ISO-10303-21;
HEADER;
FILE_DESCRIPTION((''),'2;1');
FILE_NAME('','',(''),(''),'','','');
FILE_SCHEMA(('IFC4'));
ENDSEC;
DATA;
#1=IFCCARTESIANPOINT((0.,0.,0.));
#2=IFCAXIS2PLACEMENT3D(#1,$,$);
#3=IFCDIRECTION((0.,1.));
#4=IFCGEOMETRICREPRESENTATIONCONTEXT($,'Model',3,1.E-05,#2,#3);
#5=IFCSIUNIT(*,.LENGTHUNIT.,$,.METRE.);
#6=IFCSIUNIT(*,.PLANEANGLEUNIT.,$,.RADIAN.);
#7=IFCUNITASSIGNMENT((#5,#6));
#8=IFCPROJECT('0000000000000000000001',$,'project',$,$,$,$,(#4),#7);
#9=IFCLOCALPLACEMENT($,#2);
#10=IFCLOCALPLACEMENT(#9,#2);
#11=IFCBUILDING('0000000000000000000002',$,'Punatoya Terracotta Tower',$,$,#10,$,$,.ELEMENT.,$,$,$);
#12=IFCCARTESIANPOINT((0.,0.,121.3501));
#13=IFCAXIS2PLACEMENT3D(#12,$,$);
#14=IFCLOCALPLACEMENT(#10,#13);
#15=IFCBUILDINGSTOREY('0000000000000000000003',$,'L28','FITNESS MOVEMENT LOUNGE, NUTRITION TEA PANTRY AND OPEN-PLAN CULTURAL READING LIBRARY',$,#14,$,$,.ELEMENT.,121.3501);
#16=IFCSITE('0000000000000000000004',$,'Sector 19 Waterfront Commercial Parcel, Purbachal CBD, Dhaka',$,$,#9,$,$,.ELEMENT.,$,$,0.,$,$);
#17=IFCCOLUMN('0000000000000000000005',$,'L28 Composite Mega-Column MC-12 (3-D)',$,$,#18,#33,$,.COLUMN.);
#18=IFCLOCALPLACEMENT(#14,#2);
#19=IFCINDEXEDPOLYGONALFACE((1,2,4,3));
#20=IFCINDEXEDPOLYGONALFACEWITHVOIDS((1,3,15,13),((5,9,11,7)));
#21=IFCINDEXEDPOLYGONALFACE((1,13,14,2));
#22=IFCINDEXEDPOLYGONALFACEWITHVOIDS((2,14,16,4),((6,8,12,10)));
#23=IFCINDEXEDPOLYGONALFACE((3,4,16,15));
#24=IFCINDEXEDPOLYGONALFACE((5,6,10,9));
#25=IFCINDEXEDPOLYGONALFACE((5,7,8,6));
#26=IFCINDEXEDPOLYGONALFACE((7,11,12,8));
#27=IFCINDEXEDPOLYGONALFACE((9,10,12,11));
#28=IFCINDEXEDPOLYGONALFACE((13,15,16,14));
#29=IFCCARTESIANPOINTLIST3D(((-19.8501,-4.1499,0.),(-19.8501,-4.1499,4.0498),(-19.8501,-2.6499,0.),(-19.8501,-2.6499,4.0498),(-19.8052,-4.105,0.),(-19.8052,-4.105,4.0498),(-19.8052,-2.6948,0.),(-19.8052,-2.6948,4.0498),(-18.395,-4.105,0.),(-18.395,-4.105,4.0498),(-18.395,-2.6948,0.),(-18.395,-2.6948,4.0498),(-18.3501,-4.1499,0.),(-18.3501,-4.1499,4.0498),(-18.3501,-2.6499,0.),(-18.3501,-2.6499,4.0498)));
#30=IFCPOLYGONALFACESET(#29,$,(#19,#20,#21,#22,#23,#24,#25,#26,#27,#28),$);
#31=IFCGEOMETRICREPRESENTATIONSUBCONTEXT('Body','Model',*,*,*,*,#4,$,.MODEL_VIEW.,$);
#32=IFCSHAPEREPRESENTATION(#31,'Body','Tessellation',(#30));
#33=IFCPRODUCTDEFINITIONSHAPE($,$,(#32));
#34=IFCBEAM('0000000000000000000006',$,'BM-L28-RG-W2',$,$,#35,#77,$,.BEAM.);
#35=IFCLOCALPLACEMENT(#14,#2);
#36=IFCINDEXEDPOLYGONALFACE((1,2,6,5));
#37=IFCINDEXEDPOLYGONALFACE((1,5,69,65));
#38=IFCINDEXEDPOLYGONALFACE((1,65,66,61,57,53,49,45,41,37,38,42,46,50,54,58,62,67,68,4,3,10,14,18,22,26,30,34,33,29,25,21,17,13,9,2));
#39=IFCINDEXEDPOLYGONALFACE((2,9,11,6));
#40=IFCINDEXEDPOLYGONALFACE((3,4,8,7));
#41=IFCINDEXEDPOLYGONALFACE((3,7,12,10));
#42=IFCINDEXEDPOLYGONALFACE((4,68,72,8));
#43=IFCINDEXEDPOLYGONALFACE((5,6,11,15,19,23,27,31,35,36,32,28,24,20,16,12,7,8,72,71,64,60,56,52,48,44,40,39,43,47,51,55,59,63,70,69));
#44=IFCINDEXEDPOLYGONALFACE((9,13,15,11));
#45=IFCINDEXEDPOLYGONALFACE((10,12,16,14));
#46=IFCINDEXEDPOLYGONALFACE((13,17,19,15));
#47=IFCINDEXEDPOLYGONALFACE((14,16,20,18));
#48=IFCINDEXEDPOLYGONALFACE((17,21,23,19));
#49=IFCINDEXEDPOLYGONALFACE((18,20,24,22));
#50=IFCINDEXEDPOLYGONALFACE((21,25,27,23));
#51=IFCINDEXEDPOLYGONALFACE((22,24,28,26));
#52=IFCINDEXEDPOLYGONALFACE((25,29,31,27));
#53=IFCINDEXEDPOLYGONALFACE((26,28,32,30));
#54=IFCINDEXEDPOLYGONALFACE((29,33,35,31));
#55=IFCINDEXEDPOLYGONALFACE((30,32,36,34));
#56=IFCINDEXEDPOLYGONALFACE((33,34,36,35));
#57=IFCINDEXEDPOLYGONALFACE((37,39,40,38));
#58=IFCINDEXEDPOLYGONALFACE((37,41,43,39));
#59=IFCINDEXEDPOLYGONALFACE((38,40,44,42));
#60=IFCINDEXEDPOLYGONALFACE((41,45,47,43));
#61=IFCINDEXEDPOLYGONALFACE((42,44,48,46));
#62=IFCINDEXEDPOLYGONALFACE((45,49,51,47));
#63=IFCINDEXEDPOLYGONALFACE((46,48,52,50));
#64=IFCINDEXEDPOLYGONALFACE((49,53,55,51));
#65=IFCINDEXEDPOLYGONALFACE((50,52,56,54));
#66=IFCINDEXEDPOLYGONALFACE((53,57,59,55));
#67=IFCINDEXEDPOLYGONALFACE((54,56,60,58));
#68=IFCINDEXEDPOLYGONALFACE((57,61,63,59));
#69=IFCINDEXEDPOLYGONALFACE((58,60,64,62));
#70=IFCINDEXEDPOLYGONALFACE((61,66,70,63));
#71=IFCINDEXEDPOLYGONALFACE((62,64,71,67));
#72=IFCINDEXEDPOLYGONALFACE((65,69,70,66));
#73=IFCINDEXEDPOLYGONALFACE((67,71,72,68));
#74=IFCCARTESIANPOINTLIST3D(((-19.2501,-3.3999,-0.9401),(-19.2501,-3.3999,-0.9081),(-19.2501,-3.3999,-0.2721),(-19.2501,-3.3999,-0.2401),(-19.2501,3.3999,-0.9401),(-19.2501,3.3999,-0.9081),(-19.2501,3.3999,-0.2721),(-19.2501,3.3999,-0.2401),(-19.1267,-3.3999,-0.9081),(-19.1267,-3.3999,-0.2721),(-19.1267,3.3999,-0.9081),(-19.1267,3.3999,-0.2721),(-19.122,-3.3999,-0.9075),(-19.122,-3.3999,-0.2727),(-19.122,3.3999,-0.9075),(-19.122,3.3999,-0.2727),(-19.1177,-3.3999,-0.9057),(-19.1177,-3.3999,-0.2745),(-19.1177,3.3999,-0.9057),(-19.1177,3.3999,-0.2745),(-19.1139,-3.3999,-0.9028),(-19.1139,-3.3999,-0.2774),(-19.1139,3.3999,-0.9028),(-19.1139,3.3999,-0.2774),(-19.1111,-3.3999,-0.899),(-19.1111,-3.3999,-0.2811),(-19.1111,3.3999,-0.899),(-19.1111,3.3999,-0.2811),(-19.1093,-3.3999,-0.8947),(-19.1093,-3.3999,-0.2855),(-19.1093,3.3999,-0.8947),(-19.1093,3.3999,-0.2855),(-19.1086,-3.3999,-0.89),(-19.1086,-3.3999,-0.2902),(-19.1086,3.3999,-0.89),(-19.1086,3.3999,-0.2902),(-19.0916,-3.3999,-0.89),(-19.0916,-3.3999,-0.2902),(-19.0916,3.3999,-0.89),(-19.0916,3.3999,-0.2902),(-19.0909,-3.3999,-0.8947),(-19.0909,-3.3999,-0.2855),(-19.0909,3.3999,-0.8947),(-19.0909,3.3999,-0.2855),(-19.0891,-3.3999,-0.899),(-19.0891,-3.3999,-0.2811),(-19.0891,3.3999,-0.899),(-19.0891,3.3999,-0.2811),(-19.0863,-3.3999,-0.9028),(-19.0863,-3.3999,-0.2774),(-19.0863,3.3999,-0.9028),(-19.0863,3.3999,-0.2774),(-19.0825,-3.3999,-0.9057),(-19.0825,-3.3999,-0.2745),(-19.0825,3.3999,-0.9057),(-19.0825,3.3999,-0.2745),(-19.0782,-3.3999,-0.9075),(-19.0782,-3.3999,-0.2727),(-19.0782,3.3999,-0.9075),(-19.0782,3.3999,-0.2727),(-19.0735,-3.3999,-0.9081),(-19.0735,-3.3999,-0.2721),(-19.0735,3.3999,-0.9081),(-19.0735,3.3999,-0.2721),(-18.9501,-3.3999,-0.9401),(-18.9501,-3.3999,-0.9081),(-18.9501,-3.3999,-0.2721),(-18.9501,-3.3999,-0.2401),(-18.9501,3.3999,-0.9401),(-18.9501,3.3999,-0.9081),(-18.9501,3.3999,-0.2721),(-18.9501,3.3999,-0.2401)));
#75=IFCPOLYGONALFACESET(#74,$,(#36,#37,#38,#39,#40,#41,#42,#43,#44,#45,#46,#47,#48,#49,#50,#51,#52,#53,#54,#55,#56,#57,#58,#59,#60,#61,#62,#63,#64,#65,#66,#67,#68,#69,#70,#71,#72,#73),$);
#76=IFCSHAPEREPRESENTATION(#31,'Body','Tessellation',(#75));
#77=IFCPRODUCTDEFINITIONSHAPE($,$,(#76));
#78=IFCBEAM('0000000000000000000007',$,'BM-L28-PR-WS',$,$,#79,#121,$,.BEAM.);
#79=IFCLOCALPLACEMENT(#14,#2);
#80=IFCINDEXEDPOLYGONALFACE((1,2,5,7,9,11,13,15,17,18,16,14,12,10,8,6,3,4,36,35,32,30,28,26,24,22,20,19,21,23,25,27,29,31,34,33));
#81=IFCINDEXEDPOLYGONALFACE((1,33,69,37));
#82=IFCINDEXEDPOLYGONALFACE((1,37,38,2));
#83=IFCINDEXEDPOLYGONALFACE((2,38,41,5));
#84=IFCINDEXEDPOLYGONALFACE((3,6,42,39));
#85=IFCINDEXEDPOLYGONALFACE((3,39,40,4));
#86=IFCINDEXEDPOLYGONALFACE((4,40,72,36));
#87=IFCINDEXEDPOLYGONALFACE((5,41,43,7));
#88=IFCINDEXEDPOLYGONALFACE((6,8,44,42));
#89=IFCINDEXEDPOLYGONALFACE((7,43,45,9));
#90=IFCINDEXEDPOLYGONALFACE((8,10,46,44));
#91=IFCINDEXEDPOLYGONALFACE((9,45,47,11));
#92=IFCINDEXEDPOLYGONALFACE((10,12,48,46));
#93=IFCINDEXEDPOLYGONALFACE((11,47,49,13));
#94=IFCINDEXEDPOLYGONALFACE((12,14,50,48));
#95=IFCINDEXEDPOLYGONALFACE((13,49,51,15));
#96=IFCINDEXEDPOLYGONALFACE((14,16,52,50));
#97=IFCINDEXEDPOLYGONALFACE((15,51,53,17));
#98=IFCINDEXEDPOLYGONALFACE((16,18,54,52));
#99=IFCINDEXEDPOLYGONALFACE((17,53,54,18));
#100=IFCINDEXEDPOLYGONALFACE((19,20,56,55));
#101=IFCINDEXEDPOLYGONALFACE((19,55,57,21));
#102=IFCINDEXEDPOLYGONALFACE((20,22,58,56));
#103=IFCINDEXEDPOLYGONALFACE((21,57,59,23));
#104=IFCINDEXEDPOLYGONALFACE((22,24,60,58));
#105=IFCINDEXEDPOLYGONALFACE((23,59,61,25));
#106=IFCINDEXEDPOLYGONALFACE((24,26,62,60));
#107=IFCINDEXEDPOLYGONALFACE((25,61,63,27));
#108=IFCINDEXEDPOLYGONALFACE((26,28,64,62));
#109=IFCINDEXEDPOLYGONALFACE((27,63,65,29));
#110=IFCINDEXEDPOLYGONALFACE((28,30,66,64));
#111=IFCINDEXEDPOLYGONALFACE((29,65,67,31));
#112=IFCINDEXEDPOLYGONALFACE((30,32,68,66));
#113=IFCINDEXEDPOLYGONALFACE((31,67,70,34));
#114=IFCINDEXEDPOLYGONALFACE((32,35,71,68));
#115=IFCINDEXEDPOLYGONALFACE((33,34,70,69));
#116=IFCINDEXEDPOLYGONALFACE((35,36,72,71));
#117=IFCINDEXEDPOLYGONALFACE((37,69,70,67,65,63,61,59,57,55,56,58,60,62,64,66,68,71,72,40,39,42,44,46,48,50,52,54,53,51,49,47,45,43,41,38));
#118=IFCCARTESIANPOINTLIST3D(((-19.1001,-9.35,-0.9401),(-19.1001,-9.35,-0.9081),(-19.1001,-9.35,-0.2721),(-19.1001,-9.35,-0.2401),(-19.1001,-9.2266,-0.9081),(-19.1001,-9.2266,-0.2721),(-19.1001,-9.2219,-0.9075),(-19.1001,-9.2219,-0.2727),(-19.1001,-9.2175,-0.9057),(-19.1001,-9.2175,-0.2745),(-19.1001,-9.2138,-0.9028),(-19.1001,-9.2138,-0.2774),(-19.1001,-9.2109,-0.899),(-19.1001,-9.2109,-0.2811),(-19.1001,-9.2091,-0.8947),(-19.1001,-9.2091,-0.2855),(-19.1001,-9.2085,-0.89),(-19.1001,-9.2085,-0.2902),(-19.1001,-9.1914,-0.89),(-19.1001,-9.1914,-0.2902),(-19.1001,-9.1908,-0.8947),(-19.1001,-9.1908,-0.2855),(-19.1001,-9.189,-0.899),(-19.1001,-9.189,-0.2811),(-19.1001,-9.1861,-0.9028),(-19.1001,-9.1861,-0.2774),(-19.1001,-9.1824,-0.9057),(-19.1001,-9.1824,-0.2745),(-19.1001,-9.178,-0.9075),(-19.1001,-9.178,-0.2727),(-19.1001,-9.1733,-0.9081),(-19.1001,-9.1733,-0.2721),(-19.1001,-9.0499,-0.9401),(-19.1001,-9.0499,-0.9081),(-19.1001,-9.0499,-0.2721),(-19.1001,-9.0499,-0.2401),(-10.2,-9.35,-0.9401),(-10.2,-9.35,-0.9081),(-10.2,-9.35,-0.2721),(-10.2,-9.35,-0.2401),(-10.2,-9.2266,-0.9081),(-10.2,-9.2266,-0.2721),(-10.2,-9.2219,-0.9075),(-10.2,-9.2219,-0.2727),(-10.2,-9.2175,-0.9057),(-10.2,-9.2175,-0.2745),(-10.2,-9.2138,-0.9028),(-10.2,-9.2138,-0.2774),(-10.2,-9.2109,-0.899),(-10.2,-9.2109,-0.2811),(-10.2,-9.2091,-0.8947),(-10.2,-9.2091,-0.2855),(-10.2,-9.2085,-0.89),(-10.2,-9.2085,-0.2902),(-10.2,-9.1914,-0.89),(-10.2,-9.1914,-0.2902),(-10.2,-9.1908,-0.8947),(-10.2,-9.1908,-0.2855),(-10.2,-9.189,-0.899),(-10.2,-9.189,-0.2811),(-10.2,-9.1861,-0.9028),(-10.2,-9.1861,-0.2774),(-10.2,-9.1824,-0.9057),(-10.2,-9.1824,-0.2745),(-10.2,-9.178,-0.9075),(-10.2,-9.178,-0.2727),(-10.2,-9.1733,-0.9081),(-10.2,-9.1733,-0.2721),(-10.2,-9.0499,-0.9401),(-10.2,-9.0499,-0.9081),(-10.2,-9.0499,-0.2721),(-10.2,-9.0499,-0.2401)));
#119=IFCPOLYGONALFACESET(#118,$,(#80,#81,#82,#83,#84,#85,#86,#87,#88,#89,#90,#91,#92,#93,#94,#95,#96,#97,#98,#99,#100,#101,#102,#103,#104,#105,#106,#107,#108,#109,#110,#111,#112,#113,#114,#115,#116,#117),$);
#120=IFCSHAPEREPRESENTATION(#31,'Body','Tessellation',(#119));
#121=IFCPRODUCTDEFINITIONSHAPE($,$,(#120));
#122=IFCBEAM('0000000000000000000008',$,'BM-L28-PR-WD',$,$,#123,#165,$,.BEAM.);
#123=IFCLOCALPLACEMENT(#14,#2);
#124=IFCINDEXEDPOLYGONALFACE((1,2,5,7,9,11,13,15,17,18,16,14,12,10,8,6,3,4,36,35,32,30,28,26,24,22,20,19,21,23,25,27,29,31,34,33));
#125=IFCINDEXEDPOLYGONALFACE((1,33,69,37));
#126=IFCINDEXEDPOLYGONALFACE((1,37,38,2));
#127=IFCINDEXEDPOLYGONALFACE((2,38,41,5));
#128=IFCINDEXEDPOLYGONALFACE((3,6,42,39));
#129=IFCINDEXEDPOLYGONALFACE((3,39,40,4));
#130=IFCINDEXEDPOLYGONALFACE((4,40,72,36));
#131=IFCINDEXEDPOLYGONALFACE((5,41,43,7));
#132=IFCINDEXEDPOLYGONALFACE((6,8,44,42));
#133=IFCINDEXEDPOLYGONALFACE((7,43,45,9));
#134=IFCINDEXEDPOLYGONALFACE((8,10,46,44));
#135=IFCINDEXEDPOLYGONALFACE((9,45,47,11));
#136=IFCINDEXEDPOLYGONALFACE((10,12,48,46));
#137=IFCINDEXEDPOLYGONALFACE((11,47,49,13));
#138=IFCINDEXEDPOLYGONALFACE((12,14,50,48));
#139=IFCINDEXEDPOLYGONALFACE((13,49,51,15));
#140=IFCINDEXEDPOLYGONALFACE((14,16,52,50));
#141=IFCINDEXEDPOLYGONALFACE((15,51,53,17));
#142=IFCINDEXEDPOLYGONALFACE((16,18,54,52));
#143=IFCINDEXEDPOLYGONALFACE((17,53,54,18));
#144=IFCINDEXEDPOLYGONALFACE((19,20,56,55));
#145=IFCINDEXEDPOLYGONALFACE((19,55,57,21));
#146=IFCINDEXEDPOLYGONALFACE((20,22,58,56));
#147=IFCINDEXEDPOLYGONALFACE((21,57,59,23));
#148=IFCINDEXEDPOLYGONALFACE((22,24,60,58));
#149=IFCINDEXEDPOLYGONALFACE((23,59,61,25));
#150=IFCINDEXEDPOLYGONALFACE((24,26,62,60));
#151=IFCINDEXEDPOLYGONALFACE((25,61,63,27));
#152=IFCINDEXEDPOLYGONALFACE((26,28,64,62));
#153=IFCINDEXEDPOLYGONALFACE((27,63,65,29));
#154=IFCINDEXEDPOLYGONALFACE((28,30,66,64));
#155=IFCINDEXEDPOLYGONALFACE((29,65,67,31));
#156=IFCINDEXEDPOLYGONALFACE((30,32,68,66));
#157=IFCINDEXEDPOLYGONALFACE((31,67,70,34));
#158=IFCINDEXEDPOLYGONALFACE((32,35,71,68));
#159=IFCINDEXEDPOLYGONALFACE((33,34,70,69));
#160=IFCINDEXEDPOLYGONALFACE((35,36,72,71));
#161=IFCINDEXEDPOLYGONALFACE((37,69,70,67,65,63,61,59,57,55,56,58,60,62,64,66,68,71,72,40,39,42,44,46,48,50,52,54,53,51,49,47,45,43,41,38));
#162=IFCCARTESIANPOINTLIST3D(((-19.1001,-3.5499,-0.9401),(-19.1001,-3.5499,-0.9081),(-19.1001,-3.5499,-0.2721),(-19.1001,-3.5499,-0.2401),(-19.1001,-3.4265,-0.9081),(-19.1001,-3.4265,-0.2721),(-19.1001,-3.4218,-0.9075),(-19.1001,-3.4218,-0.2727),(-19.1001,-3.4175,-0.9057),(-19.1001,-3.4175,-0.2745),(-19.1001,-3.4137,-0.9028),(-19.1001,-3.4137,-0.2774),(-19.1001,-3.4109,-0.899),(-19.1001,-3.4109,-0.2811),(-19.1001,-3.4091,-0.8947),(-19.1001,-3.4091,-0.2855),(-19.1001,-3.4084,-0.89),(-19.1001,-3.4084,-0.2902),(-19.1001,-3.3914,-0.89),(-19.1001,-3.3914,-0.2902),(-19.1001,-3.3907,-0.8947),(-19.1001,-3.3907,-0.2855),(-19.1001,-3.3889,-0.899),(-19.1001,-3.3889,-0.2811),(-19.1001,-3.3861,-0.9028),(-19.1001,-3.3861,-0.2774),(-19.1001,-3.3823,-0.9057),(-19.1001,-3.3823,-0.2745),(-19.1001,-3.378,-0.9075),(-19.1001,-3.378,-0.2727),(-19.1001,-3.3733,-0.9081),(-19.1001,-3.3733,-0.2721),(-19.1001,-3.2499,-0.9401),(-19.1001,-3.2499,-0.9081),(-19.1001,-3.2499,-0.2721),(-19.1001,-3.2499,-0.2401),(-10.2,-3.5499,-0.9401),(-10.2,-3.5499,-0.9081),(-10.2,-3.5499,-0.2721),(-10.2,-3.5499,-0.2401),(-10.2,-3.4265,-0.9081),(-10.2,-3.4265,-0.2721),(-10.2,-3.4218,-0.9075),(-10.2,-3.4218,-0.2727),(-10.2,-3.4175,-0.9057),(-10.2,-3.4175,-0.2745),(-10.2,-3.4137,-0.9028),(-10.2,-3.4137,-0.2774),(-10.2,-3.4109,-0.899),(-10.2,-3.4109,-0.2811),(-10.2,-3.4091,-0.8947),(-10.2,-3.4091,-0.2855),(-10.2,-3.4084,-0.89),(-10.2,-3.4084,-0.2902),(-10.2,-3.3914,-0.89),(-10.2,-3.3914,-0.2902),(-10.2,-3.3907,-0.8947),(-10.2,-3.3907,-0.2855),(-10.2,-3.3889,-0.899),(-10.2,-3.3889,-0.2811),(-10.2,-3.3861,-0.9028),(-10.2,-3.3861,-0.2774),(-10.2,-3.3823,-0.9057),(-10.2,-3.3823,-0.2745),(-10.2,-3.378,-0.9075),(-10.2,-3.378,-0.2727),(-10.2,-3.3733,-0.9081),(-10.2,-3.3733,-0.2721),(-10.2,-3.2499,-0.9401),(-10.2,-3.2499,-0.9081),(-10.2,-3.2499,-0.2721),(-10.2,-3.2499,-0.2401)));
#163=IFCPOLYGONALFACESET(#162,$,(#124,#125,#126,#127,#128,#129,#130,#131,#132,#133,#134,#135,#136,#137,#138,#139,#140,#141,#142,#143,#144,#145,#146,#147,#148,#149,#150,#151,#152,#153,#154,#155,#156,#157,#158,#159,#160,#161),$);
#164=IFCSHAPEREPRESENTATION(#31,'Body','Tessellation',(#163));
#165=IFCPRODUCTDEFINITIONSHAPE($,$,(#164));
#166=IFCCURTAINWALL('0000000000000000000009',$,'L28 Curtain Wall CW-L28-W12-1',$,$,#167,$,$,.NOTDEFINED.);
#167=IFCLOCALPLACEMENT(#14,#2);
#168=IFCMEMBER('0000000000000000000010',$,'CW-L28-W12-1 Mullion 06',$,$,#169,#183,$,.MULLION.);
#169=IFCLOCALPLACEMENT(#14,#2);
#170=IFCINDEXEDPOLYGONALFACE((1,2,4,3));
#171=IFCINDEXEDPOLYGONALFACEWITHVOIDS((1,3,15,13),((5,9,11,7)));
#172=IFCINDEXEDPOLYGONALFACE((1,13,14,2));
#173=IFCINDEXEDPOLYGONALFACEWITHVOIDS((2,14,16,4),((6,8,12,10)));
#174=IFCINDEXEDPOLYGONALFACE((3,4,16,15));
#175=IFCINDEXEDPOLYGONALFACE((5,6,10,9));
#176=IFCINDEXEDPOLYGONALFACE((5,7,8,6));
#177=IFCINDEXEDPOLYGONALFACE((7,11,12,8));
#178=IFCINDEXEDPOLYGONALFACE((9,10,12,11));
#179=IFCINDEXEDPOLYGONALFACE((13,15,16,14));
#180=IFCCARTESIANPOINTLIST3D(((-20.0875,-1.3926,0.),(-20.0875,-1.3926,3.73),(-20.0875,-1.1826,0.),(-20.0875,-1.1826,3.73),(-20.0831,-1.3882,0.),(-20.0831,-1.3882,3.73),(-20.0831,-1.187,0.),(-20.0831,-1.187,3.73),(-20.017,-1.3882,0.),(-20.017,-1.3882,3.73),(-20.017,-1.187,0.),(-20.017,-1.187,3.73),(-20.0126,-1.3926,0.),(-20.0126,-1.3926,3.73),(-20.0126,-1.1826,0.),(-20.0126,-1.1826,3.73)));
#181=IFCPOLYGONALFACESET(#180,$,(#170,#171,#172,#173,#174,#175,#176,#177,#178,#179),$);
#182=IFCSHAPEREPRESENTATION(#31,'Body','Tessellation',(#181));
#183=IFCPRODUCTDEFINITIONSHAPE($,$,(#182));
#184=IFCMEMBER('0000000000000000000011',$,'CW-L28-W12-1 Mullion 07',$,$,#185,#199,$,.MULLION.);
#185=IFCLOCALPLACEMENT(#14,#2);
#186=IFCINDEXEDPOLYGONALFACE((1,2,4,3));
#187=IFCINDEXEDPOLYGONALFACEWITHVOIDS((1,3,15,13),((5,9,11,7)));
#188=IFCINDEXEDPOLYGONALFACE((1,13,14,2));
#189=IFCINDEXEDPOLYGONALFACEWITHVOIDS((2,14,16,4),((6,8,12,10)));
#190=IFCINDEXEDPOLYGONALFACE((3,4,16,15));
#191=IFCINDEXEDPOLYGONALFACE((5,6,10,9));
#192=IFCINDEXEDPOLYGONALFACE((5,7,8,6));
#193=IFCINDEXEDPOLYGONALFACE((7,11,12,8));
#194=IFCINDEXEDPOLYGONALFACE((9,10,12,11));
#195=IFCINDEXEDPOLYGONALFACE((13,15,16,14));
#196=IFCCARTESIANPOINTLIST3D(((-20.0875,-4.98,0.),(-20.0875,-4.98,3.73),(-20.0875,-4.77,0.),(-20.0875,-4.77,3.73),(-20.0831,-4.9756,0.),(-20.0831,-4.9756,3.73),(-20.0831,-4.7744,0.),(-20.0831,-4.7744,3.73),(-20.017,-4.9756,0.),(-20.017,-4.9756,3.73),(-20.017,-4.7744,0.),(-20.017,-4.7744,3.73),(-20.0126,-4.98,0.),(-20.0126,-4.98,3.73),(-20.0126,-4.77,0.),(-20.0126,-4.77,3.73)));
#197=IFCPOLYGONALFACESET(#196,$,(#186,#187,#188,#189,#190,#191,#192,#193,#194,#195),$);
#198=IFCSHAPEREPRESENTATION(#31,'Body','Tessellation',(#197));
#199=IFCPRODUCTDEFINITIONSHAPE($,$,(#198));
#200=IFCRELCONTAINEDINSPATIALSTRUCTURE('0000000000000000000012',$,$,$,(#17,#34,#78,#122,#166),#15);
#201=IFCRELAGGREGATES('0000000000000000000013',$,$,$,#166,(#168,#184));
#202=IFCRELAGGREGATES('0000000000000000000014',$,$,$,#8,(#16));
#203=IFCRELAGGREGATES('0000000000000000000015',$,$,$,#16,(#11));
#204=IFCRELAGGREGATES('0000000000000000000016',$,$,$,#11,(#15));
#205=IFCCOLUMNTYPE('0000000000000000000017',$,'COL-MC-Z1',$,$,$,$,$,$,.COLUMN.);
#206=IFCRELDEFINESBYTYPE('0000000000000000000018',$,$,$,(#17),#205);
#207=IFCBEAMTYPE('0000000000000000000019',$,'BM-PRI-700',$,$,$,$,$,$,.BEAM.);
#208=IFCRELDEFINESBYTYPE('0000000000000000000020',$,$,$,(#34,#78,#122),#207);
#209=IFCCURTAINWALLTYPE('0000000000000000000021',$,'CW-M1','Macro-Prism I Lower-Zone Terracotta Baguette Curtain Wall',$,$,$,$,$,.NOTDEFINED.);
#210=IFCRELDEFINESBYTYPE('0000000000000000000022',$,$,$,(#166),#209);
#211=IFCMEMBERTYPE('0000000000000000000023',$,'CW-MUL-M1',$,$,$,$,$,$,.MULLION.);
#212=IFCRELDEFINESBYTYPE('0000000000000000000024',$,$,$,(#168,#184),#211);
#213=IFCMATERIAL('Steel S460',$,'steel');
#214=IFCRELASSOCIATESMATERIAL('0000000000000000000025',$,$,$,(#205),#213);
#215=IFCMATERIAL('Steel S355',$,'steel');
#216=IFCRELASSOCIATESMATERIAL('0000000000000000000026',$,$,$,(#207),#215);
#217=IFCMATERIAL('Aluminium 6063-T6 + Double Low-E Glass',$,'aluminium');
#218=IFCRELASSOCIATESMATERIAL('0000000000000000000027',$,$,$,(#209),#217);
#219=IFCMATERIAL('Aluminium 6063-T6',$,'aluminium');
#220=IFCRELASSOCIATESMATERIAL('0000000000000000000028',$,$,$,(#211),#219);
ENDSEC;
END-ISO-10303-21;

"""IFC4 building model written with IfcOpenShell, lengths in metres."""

from ifc_helpers import new_model, si_unit, direction, frame, origin, origin_2d, place, context, subcontext, project, spatial, hollow_rectangle, i_section, extrude, material, material_profile, profile_set, type_object, element, aggregate, save


model = new_model("IFC4")

# Units and contexts
model_context = context("Model", 3, precision=1e-05, world=origin(), true_north=direction((0.0, 1.0)))
body_context = subcontext(model_context, "Body", "Model", "MODEL_VIEW")
ifc_project = project(units=[si_unit("LENGTHUNIT", "METRE"), si_unit("PLANEANGLEUNIT", "RADIAN")], contexts=[model_context])

# Site, building, storey
site_placement = place(None, origin())
site = spatial("IfcSite", under=ifc_project, at=site_placement, Name="Sector 19 Waterfront Commercial Parcel, Purbachal CBD, Dhaka", CompositionType="ELEMENT", RefElevation=0.0)
building_placement = place(site_placement, origin())
building = spatial("IfcBuilding", under=site, at=building_placement, Name="Punatoya Terracotta Tower", CompositionType="ELEMENT")
storey_placement = place(building_placement, frame((0.0, 0.0, 121.3501)))
storey = spatial("IfcBuildingStorey", under=building, at=storey_placement, Name="L28", Description="FITNESS MOVEMENT LOUNGE, NUTRITION TEA PANTRY AND OPEN-PLAN CULTURAL READING LIBRARY", CompositionType="ELEMENT", Elevation=121.3501)

# Column
ifc_material_1 = material(Name="Steel S460", Category="steel")
ifc_material_profile_1 = material_profile(ifc_material_1, hollow_rectangle(XDim=1.5, YDim=1.5, WallThickness=0.0449, at=origin_2d()))
ifc_profile_set_1 = profile_set([ifc_material_profile_1], Name="Steel S460")
column_type = type_object("IfcColumnType", Name="COL-MC-Z1", PredefinedType="COLUMN", material=ifc_profile_set_1)
column_placement = place(storey_placement, frame((-19.1001, -3.3999, 0.0), z_axis=(0.0, 0.0, 1.0), x_axis=(1.0, 0.0, 0.0)))
element("IfcColumn", 1, at=column_placement, inside=storey, type_object=column_type, Name="L28 Composite Mega-Column MC-12 (3-D)", PredefinedType="COLUMN", context=body_context, shape_type="SweptSolid", body=[
    extrude(hollow_rectangle(XDim=1.5, YDim=1.5, WallThickness=0.0449, at=origin_2d()), origin(), (0.0, 0.0, 1.0), 4.0498),
])

# Beams
ifc_material_2 = material(Name="Steel S355", Category="steel")
ifc_material_profile_2 = material_profile(ifc_material_2, i_section(OverallWidth=0.3, OverallDepth=0.7, WebThickness=0.0171, FlangeThickness=0.032, FilletRadius=0.0181, at=origin_2d()))
ifc_profile_set_2 = profile_set([ifc_material_profile_2], Name="Steel S355")
beam_type = type_object("IfcBeamType", Name="BM-PRI-700", PredefinedType="BEAM", material=ifc_profile_set_2)
beam_placement = place(storey_placement, frame((-19.1001, -3.3999, -0.5901), z_axis=(0.0, 1.0, 0.0), x_axis=(-1.0, 0.0, 0.0)))
element("IfcBeam", 2, at=beam_placement, inside=storey, type_object=beam_type, Name="BM-L28-RG-W2", PredefinedType="BEAM", context=body_context, shape_type="SweptSolid", body=[
    extrude(i_section(OverallWidth=0.3, OverallDepth=0.7, WebThickness=0.0171, FlangeThickness=0.032, FilletRadius=0.0181, at=origin_2d()), origin(), (0.0, 0.0, 1.0), 6.7998),
])
for number, where, z_axis, x_axis, name in (
    (3, (-19.1001, -9.2, -0.5901), (1.0, 0.0, 0.0), (0.0, 1.0, 0.0), "BM-L28-PR-WS"),
    (4, (-19.1001, -3.3999, -0.5901), (1.0, 0.0, 0.0), (0.0, 1.0, 0.0), "BM-L28-PR-WD"),
):
    element("IfcBeam", number, at=place(storey_placement, frame(where, z_axis=z_axis, x_axis=x_axis)), inside=storey, type_object=beam_type, Name=name, PredefinedType="BEAM", context=body_context, shape_type="SweptSolid", body=[
        extrude(i_section(OverallWidth=0.3, OverallDepth=0.7, WebThickness=0.0171, FlangeThickness=0.032, FilletRadius=0.0181, at=origin_2d()), origin(), (0.0, 0.0, 1.0), 8.9001),
    ])

# Curtain wall, members
ifc_material_3 = material(Name="Aluminium 6063-T6 + Double Low-E Glass", Category="aluminium")
curtain_wall_type = type_object("IfcCurtainWallType", Name="CW-M1", Description="Macro-Prism I Lower-Zone Terracotta Baguette Curtain Wall", PredefinedType="NOTDEFINED", material=ifc_material_3)
curtain_wall_placement = place(storey_placement, origin())
curtain_wall = element("IfcCurtainWall", 5, at=curtain_wall_placement, inside=storey, type_object=curtain_wall_type, Name="L28 Curtain Wall CW-L28-W12-1", PredefinedType="NOTDEFINED")
ifc_material_4 = material(Name="Aluminium 6063-T6", Category="aluminium")
ifc_material_profile_3 = material_profile(ifc_material_4, hollow_rectangle(XDim=0.075, YDim=0.21, WallThickness=0.0044, at=origin_2d()))
ifc_profile_set_3 = profile_set([ifc_material_profile_3], Name="Aluminium 6063-T6")
member_type = type_object("IfcMemberType", Name="CW-MUL-M1", PredefinedType="MULLION", material=ifc_profile_set_3)
member_1_placement = place(storey_placement, frame((-20.05, -1.2876, 0.0), z_axis=(0.0, 0.0, 1.0), x_axis=(1.0, 0.0, 0.0)))
member_1 = element("IfcMember", 6, at=member_1_placement, type_object=member_type, Name="CW-L28-W12-1 Mullion 06", PredefinedType="MULLION", context=body_context, shape_type="SweptSolid", body=[
    extrude(hollow_rectangle(XDim=0.075, YDim=0.21, WallThickness=0.0044, at=origin_2d()), origin(), (0.0, 0.0, 1.0), 3.73),
])
member_2_placement = place(storey_placement, frame((-20.05, -4.875, 0.0), z_axis=(0.0, 0.0, 1.0), x_axis=(1.0, 0.0, 0.0)))
member_2 = element("IfcMember", 7, at=member_2_placement, type_object=member_type, Name="CW-L28-W12-1 Mullion 07", PredefinedType="MULLION", context=body_context, shape_type="SweptSolid", body=[
    extrude(hollow_rectangle(XDim=0.075, YDim=0.21, WallThickness=0.0044, at=origin_2d()), origin(), (0.0, 0.0, 1.0), 3.73),
])
aggregate(curtain_wall, [member_1, member_2])

save(model, "model.ifc")
